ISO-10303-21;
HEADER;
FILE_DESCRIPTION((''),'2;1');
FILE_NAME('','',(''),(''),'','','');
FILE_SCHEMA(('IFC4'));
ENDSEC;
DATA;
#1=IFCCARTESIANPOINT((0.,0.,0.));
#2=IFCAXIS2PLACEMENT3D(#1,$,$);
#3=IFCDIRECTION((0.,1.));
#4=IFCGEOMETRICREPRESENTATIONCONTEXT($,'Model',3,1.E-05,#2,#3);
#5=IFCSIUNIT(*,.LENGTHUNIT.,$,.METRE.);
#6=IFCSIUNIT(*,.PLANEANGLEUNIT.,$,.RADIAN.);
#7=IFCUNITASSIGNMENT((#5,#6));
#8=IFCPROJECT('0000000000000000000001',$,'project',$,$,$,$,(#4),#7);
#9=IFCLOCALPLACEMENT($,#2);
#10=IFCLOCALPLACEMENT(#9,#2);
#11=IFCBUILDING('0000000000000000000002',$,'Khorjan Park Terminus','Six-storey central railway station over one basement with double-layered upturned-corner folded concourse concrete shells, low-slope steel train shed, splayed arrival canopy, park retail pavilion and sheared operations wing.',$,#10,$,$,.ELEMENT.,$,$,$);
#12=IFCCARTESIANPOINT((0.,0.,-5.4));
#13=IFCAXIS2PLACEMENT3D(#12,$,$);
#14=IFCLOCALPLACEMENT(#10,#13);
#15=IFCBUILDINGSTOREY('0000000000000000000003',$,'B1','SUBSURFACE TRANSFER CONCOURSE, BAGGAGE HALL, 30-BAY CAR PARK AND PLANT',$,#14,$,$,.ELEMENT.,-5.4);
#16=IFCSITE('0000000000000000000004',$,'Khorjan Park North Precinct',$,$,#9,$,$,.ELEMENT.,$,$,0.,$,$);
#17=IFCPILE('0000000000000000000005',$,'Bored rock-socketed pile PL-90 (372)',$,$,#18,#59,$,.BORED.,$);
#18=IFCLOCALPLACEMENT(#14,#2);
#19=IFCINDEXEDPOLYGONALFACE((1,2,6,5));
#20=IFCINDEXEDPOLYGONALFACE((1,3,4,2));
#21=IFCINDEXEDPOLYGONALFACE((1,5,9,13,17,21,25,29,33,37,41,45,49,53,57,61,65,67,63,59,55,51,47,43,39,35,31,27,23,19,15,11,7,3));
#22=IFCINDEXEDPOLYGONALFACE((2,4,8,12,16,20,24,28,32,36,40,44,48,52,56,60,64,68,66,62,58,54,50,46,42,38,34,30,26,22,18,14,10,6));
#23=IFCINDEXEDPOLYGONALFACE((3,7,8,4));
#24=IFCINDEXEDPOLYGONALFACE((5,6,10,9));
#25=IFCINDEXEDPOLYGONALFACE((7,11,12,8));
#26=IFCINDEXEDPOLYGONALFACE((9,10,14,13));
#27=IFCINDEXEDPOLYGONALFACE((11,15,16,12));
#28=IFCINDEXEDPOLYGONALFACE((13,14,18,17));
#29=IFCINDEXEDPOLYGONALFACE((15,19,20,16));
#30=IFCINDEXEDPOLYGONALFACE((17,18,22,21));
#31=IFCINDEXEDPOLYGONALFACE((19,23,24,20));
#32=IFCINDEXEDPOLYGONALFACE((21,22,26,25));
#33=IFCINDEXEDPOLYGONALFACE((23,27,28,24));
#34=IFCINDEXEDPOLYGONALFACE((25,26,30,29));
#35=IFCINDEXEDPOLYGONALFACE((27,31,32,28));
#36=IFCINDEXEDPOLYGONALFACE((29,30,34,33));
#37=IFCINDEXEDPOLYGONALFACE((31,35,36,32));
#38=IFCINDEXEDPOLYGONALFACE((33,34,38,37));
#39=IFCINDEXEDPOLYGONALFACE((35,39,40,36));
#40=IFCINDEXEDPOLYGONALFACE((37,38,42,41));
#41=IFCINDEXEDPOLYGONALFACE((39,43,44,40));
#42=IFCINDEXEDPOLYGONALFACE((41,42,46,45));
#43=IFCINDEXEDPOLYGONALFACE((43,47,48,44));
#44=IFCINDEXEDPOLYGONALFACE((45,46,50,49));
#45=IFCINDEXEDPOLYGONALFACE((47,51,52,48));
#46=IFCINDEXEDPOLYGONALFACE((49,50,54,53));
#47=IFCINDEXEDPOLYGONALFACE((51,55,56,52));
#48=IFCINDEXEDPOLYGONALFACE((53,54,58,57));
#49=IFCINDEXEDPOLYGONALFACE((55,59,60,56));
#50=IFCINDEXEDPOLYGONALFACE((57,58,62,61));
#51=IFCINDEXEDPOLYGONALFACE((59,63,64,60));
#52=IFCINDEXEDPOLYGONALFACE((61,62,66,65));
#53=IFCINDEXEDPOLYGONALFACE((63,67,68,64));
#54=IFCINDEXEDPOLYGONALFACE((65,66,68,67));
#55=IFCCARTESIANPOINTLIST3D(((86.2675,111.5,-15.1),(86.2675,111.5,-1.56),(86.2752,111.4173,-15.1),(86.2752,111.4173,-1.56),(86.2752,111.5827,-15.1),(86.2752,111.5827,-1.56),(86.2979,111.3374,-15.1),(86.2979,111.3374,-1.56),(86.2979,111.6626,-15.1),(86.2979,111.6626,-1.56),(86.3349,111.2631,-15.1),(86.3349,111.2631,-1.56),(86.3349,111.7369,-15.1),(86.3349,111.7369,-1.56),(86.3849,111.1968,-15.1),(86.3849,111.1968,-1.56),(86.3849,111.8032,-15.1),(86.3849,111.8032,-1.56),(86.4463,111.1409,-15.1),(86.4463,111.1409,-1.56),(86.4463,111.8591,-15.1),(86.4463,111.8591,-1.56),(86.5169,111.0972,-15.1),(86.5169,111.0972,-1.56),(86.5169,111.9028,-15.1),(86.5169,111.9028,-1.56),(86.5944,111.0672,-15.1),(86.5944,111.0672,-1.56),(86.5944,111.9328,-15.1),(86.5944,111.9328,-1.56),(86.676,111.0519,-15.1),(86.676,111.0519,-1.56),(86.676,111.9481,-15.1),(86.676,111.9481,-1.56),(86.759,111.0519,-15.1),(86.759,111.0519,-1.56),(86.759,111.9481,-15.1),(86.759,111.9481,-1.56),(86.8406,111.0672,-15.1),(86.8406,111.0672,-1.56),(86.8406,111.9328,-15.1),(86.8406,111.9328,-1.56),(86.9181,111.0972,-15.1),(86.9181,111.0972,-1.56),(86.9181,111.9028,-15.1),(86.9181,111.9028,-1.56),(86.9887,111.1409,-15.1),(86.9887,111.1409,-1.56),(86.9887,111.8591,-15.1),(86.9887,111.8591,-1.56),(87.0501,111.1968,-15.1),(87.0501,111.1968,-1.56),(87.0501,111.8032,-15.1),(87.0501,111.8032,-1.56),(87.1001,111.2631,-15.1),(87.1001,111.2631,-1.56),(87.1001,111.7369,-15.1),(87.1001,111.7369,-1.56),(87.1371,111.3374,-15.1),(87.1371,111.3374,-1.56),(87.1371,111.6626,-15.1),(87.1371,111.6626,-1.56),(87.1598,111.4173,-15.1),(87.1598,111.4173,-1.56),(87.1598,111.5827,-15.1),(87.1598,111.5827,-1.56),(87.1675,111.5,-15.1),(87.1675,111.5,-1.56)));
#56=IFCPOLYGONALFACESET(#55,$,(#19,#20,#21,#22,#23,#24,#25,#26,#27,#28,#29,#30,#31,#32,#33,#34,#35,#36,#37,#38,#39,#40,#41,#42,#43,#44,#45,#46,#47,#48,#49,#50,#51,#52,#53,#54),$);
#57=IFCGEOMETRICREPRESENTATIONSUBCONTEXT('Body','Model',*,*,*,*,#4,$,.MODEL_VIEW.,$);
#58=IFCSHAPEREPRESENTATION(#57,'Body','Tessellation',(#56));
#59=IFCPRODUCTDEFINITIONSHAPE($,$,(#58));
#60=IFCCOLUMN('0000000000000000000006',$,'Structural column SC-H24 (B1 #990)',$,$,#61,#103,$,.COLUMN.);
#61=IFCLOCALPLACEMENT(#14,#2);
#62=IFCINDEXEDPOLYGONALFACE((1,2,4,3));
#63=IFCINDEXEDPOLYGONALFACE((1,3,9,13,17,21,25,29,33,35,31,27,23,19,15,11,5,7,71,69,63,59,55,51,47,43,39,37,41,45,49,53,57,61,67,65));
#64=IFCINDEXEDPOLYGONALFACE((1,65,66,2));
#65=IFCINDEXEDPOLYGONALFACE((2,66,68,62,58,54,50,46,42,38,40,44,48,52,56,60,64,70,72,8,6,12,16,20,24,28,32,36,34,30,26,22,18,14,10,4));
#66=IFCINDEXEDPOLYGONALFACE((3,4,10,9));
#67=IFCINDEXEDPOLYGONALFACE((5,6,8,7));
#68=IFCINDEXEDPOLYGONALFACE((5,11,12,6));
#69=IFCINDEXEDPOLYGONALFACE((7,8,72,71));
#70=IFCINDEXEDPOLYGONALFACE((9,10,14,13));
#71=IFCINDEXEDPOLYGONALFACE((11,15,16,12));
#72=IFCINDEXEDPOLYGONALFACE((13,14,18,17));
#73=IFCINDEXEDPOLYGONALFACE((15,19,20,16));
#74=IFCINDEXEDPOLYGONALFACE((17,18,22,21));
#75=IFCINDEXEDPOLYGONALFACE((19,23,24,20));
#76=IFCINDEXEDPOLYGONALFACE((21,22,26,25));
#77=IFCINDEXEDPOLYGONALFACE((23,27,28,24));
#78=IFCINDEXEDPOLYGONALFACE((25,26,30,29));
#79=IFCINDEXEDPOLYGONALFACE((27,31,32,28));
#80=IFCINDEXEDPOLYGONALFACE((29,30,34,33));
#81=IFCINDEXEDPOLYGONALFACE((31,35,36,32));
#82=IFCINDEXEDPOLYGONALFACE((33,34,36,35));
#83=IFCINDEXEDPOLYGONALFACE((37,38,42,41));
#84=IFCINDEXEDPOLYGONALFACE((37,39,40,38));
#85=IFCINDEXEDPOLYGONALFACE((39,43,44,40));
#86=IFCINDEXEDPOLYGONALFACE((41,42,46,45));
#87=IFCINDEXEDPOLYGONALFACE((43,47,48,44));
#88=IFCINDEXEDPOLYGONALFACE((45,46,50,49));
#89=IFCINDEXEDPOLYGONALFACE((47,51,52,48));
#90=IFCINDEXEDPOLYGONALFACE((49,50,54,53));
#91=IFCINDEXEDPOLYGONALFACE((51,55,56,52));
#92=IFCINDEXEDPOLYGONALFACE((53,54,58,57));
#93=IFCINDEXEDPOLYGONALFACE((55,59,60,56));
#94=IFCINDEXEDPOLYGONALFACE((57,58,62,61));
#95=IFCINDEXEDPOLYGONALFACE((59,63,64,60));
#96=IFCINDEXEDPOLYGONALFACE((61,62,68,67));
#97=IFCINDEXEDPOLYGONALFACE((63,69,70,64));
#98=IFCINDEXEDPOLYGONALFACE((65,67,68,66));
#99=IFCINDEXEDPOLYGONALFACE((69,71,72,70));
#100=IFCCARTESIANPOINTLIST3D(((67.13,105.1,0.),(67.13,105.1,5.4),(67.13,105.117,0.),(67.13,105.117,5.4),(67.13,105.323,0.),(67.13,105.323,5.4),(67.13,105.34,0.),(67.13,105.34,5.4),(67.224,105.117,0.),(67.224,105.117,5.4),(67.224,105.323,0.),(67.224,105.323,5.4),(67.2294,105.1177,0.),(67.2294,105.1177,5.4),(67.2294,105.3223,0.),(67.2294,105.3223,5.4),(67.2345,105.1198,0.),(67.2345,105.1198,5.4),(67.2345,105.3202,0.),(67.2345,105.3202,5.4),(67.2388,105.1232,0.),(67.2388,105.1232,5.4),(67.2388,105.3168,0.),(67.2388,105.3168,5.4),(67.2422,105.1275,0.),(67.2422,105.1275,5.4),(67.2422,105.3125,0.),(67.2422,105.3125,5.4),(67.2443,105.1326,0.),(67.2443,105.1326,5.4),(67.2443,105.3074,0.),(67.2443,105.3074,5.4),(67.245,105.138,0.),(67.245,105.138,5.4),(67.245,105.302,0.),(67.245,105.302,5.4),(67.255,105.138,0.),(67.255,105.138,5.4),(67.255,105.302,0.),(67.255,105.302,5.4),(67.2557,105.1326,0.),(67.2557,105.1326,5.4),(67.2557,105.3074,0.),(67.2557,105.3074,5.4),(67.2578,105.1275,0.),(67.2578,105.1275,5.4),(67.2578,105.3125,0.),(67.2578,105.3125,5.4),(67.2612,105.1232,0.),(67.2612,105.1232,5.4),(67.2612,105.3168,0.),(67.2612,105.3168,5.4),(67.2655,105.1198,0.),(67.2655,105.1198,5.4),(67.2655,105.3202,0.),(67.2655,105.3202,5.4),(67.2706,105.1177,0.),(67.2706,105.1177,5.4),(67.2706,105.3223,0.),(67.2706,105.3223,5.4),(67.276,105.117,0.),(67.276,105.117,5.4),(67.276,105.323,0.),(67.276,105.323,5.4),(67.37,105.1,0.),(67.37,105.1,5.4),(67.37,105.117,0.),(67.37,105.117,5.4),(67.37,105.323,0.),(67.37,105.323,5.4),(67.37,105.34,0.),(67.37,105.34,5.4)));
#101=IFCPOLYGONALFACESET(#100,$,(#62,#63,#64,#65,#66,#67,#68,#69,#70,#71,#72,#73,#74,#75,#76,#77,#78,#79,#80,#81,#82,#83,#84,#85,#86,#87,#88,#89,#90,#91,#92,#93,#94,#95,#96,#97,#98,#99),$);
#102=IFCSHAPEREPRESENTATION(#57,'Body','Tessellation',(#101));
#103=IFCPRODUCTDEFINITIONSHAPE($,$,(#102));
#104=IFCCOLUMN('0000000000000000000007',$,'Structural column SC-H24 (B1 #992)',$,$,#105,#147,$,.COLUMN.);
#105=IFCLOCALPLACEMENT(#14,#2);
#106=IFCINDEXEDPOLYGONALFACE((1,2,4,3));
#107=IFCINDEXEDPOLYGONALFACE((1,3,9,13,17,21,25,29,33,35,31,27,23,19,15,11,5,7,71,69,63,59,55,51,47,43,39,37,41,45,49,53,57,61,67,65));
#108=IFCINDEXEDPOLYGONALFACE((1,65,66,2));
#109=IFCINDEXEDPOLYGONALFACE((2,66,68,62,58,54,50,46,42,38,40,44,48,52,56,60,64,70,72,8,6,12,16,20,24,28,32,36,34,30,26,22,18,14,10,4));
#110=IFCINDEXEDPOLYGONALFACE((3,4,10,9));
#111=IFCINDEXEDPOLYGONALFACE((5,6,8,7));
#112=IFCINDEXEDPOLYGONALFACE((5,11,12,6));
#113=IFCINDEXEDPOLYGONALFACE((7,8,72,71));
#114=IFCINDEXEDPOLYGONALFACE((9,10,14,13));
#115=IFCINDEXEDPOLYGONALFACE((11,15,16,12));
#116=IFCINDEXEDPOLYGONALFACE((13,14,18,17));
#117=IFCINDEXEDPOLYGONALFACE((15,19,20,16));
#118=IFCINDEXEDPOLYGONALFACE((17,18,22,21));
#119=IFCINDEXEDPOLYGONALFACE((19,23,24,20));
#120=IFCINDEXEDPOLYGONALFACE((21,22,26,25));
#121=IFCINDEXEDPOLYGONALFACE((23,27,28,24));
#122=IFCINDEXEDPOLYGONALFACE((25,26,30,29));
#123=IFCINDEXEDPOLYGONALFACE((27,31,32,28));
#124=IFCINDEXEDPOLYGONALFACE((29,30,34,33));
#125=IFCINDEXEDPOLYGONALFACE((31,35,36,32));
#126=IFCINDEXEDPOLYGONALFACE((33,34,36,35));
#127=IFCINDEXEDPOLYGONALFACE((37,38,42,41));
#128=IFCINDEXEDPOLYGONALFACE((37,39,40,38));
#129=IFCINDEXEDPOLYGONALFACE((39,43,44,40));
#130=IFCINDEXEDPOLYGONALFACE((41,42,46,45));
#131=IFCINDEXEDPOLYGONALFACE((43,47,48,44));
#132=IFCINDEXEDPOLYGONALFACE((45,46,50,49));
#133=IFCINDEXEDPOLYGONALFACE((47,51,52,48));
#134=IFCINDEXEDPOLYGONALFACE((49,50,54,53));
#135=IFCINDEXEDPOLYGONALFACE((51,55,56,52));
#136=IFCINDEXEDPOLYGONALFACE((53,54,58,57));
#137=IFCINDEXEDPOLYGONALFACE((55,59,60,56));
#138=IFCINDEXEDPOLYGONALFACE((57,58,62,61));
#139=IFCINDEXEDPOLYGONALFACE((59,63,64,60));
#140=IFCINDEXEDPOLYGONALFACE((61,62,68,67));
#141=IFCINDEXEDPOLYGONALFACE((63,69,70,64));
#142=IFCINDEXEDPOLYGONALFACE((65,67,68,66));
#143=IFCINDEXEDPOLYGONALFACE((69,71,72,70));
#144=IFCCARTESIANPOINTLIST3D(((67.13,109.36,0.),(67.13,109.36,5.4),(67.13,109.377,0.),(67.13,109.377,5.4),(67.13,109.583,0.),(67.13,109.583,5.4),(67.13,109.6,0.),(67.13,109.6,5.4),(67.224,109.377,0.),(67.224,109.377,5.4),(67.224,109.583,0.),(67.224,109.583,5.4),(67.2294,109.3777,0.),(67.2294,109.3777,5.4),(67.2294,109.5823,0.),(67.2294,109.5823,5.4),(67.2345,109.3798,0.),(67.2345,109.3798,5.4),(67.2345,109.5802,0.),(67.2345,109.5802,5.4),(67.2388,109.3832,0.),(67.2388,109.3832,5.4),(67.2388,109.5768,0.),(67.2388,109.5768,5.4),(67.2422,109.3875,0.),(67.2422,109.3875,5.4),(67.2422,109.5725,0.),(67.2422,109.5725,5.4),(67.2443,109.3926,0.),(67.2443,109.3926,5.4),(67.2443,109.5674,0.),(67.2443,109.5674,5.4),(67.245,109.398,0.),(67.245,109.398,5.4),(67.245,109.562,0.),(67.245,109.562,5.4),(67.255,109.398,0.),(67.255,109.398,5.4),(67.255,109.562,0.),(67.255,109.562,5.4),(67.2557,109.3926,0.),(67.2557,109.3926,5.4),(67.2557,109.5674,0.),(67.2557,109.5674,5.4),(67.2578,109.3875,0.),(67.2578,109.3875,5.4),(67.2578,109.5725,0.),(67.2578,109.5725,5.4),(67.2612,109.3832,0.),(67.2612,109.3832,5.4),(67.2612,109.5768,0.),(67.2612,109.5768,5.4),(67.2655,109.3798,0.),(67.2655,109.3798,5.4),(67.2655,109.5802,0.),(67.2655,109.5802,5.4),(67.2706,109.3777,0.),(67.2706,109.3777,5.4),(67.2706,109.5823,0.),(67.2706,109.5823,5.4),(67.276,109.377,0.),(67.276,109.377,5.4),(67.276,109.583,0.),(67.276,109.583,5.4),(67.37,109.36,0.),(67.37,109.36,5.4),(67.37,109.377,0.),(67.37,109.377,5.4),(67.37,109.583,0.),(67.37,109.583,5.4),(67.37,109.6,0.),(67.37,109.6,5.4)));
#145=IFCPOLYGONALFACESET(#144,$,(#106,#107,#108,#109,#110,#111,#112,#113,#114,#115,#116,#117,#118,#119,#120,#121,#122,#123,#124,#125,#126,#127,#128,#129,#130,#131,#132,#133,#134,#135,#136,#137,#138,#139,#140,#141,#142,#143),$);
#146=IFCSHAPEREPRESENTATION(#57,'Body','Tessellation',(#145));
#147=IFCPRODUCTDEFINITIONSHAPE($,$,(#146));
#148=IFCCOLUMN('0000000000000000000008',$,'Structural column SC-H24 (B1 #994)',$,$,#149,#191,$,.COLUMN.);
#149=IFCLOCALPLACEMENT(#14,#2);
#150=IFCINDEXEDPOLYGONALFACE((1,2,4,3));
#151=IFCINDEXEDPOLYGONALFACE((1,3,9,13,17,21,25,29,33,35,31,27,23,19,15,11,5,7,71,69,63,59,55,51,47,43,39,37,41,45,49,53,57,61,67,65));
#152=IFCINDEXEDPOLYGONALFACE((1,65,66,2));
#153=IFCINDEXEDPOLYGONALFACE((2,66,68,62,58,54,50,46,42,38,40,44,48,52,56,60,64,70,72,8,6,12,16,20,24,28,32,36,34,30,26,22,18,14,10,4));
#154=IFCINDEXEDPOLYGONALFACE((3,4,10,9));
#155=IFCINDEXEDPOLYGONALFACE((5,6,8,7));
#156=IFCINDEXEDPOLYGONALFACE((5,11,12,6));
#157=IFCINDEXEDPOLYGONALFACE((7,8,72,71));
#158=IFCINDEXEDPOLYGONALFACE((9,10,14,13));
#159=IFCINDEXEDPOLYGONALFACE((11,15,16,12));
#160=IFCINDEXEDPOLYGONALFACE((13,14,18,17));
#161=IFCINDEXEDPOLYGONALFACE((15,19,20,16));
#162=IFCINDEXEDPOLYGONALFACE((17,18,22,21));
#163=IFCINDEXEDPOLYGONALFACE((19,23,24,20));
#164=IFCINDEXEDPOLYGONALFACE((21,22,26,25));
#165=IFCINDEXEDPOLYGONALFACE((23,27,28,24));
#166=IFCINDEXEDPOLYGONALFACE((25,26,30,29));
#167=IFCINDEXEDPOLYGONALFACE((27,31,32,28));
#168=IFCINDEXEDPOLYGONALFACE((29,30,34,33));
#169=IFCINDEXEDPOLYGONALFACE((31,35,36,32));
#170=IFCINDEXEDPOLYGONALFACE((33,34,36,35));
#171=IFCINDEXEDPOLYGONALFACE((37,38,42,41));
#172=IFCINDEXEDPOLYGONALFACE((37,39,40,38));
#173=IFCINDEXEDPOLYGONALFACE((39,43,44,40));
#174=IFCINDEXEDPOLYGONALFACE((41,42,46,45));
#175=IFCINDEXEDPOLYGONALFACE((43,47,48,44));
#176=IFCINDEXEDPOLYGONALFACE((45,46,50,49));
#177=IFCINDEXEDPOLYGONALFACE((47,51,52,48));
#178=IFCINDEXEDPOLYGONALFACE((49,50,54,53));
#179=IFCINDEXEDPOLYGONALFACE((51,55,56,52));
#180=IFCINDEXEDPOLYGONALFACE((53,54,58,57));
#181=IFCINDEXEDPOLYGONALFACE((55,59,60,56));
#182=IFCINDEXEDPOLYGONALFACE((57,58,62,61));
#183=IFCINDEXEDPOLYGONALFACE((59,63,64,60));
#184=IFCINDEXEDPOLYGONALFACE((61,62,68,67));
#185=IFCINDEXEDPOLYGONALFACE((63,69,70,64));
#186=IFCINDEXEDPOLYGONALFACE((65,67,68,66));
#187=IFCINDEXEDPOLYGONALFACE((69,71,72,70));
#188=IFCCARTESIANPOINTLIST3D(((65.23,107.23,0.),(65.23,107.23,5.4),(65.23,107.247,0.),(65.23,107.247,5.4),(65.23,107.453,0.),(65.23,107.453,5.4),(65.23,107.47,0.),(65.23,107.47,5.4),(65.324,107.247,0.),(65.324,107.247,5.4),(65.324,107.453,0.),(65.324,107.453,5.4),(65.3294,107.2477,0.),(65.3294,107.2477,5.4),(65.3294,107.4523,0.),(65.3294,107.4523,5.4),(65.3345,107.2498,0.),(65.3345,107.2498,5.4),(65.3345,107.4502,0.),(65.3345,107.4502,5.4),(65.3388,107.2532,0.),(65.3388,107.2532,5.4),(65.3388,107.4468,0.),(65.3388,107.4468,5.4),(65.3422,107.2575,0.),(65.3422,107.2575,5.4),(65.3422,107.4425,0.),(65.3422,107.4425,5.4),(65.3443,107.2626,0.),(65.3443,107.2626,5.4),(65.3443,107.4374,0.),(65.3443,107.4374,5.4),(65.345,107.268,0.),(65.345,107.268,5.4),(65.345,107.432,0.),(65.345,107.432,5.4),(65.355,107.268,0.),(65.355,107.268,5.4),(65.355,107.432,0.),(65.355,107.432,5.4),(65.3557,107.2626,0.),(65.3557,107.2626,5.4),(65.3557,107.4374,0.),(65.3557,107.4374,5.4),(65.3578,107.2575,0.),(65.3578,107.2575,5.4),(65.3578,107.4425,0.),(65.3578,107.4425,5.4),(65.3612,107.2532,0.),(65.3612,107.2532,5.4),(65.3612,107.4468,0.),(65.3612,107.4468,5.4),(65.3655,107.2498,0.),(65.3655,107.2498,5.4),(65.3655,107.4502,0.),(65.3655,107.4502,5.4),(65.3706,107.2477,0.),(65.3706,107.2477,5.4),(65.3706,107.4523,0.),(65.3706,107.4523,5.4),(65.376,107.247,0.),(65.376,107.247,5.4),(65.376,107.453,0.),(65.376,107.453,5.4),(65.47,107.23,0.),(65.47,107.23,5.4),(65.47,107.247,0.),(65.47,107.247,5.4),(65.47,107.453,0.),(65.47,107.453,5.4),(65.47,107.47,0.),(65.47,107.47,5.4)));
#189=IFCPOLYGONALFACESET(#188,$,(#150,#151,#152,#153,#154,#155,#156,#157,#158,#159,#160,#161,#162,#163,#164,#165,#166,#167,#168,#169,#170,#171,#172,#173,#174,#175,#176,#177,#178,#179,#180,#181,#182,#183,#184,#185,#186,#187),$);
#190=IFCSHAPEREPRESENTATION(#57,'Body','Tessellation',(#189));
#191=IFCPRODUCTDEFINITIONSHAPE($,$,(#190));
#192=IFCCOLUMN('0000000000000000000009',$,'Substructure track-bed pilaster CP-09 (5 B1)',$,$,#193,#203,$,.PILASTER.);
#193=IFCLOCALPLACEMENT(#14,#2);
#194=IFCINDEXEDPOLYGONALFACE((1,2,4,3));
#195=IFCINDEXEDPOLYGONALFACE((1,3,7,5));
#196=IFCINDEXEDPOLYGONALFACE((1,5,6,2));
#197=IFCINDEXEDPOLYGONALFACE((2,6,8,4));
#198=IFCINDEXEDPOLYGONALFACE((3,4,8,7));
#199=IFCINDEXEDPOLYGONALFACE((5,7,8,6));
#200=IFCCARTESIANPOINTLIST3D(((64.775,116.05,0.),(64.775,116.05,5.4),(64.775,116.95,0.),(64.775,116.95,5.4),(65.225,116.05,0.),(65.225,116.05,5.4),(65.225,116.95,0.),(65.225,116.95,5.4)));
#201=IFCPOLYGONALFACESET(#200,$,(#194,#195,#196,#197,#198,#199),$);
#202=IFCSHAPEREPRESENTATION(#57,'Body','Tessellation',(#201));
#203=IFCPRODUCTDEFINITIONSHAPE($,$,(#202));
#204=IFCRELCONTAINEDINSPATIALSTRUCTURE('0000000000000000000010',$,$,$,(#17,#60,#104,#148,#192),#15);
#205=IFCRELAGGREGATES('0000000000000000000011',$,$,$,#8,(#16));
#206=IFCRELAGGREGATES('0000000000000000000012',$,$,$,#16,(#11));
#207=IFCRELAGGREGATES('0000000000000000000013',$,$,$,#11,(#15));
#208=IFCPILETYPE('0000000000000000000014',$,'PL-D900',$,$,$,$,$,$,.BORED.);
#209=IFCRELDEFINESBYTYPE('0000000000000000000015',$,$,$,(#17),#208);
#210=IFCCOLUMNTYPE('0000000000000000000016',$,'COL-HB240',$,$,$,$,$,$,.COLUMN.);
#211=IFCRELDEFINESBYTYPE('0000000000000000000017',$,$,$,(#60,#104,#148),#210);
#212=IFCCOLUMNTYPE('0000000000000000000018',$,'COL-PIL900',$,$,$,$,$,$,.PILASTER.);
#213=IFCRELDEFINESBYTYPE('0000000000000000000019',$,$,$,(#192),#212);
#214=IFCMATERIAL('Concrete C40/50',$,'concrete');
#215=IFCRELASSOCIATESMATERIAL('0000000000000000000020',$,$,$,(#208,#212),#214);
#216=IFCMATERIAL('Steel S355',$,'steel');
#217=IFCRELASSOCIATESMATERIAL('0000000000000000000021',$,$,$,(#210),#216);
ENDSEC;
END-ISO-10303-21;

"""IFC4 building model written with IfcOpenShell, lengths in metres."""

from ifc_helpers import new_model, si_unit, direction, frame, origin, origin_2d, place, context, subcontext, project, spatial, rectangle, circle, i_section, extrude, material, material_profile, profile_set, type_object, element, save


model = new_model("IFC4")

# Units and contexts
model_context = context("Model", 3, precision=1e-05, world=origin(), true_north=direction((0.0, 1.0)))
body_context = subcontext(model_context, "Body", "Model", "MODEL_VIEW")
ifc_project = project(units=[si_unit("LENGTHUNIT", "METRE"), si_unit("PLANEANGLEUNIT", "RADIAN")], contexts=[model_context])

# Site, building, storey
site_placement = place(None, origin())
site = spatial("IfcSite", under=ifc_project, at=site_placement, Name="Khorjan Park North Precinct", CompositionType="ELEMENT", RefElevation=0.0)
building_placement = place(site_placement, origin())
building = spatial("IfcBuilding", under=site, at=building_placement, Name="Khorjan Park Terminus", Description="Six-storey central railway station over one basement with double-layered upturned-corner folded concourse concrete shells, low-slope steel train shed, splayed arrival canopy, park retail pavilion and sheared operations wing.", CompositionType="ELEMENT")
storey_placement = place(building_placement, frame((0.0, 0.0, -5.4)))
storey = spatial("IfcBuildingStorey", under=building, at=storey_placement, Name="B1", Description="SUBSURFACE TRANSFER CONCOURSE, BAGGAGE HALL, 30-BAY CAR PARK AND PLANT", CompositionType="ELEMENT", Elevation=-5.4)

# Shared definitions
ifc_material_1 = material(Name="Concrete C40/50", Category="concrete")

# Pile
ifc_material_profile_1 = material_profile(ifc_material_1, circle(Radius=0.45, at=origin_2d()), Name="BORED D900")
ifc_profile_set_1 = profile_set([ifc_material_profile_1], Name="Concrete C40/50")
pile_type_1 = type_object("IfcPileType", Name="PL-D900", PredefinedType="BORED", material=ifc_profile_set_1)
for number, where, z_axis, x_axis, name in (
    (1, (86.7175, 111.5, -1.56), (0.0, 0.0, -1.0), (1.0, 0.0, 0.0), "Bored rock-socketed pile PL-90 (372)"),
):
    element("IfcPile", number, at=place(storey_placement, frame(where, z_axis=z_axis, x_axis=x_axis)), inside=storey, type_object=pile_type_1, Name=name, PredefinedType="BORED", context=body_context, shape_type="SweptSolid", body=[
        extrude(circle(Radius=0.45, at=origin_2d()), origin(), (0.0, 0.0, 1.0), 13.54),
    ])

# Columns
ifc_material_2 = material(Name="Steel S355", Category="steel")
ifc_material_profile_2 = material_profile(ifc_material_2, i_section(OverallWidth=0.24, OverallDepth=0.24, WebThickness=0.01, FlangeThickness=0.017, FilletRadius=0.021, at=origin_2d()), Name="HEB 240")
ifc_profile_set_2 = profile_set([ifc_material_profile_2], Name="Steel S355")
column_type_1 = type_object("IfcColumnType", Name="COL-HB240", PredefinedType="COLUMN", material=ifc_profile_set_2)
for number, where, z_axis, x_axis, name in (
    (2, (67.25, 105.22, 0.0), (0.0, 0.0, 1.0), (1.0, 0.0, 0.0), "Structural column SC-H24 (B1 #990)"),
    (3, (67.25, 109.48, 0.0), (0.0, 0.0, 1.0), (1.0, 0.0, 0.0), "Structural column SC-H24 (B1 #992)"),
    (4, (65.35, 107.35, 0.0), (0.0, 0.0, 1.0), (1.0, 0.0, 0.0), "Structural column SC-H24 (B1 #994)"),
):
    element("IfcColumn", number, at=place(storey_placement, frame(where, z_axis=z_axis, x_axis=x_axis)), inside=storey, type_object=column_type_1, Name=name, PredefinedType="COLUMN", context=body_context, shape_type="SweptSolid", body=[
        extrude(i_section(OverallWidth=0.24, OverallDepth=0.24, WebThickness=0.01, FlangeThickness=0.017, FilletRadius=0.021, at=origin_2d()), origin(), (0.0, 0.0, 1.0), 5.4),
    ])
ifc_material_profile_3 = material_profile(ifc_material_1, rectangle(XDim=0.45, YDim=0.9, at=origin_2d()), Name="RC 450x900")
ifc_profile_set_3 = profile_set([ifc_material_profile_3], Name="Concrete C40/50")
column_type_2 = type_object("IfcColumnType", Name="COL-PIL900", PredefinedType="PILASTER", material=ifc_profile_set_3)
for number, where, z_axis, x_axis, name in (
    (5, (65.0, 116.5, 0.0), (0.0, 0.0, 1.0), (1.0, 0.0, 0.0), "Substructure track-bed pilaster CP-09 (5 B1)"),
):
    element("IfcColumn", number, at=place(storey_placement, frame(where, z_axis=z_axis, x_axis=x_axis)), inside=storey, type_object=column_type_2, Name=name, PredefinedType="PILASTER", context=body_context, shape_type="SweptSolid", body=[
        extrude(rectangle(XDim=0.45, YDim=0.9, at=origin_2d()), origin(), (0.0, 0.0, 1.0), 5.4),
    ])

save(model, "model.ifc")
